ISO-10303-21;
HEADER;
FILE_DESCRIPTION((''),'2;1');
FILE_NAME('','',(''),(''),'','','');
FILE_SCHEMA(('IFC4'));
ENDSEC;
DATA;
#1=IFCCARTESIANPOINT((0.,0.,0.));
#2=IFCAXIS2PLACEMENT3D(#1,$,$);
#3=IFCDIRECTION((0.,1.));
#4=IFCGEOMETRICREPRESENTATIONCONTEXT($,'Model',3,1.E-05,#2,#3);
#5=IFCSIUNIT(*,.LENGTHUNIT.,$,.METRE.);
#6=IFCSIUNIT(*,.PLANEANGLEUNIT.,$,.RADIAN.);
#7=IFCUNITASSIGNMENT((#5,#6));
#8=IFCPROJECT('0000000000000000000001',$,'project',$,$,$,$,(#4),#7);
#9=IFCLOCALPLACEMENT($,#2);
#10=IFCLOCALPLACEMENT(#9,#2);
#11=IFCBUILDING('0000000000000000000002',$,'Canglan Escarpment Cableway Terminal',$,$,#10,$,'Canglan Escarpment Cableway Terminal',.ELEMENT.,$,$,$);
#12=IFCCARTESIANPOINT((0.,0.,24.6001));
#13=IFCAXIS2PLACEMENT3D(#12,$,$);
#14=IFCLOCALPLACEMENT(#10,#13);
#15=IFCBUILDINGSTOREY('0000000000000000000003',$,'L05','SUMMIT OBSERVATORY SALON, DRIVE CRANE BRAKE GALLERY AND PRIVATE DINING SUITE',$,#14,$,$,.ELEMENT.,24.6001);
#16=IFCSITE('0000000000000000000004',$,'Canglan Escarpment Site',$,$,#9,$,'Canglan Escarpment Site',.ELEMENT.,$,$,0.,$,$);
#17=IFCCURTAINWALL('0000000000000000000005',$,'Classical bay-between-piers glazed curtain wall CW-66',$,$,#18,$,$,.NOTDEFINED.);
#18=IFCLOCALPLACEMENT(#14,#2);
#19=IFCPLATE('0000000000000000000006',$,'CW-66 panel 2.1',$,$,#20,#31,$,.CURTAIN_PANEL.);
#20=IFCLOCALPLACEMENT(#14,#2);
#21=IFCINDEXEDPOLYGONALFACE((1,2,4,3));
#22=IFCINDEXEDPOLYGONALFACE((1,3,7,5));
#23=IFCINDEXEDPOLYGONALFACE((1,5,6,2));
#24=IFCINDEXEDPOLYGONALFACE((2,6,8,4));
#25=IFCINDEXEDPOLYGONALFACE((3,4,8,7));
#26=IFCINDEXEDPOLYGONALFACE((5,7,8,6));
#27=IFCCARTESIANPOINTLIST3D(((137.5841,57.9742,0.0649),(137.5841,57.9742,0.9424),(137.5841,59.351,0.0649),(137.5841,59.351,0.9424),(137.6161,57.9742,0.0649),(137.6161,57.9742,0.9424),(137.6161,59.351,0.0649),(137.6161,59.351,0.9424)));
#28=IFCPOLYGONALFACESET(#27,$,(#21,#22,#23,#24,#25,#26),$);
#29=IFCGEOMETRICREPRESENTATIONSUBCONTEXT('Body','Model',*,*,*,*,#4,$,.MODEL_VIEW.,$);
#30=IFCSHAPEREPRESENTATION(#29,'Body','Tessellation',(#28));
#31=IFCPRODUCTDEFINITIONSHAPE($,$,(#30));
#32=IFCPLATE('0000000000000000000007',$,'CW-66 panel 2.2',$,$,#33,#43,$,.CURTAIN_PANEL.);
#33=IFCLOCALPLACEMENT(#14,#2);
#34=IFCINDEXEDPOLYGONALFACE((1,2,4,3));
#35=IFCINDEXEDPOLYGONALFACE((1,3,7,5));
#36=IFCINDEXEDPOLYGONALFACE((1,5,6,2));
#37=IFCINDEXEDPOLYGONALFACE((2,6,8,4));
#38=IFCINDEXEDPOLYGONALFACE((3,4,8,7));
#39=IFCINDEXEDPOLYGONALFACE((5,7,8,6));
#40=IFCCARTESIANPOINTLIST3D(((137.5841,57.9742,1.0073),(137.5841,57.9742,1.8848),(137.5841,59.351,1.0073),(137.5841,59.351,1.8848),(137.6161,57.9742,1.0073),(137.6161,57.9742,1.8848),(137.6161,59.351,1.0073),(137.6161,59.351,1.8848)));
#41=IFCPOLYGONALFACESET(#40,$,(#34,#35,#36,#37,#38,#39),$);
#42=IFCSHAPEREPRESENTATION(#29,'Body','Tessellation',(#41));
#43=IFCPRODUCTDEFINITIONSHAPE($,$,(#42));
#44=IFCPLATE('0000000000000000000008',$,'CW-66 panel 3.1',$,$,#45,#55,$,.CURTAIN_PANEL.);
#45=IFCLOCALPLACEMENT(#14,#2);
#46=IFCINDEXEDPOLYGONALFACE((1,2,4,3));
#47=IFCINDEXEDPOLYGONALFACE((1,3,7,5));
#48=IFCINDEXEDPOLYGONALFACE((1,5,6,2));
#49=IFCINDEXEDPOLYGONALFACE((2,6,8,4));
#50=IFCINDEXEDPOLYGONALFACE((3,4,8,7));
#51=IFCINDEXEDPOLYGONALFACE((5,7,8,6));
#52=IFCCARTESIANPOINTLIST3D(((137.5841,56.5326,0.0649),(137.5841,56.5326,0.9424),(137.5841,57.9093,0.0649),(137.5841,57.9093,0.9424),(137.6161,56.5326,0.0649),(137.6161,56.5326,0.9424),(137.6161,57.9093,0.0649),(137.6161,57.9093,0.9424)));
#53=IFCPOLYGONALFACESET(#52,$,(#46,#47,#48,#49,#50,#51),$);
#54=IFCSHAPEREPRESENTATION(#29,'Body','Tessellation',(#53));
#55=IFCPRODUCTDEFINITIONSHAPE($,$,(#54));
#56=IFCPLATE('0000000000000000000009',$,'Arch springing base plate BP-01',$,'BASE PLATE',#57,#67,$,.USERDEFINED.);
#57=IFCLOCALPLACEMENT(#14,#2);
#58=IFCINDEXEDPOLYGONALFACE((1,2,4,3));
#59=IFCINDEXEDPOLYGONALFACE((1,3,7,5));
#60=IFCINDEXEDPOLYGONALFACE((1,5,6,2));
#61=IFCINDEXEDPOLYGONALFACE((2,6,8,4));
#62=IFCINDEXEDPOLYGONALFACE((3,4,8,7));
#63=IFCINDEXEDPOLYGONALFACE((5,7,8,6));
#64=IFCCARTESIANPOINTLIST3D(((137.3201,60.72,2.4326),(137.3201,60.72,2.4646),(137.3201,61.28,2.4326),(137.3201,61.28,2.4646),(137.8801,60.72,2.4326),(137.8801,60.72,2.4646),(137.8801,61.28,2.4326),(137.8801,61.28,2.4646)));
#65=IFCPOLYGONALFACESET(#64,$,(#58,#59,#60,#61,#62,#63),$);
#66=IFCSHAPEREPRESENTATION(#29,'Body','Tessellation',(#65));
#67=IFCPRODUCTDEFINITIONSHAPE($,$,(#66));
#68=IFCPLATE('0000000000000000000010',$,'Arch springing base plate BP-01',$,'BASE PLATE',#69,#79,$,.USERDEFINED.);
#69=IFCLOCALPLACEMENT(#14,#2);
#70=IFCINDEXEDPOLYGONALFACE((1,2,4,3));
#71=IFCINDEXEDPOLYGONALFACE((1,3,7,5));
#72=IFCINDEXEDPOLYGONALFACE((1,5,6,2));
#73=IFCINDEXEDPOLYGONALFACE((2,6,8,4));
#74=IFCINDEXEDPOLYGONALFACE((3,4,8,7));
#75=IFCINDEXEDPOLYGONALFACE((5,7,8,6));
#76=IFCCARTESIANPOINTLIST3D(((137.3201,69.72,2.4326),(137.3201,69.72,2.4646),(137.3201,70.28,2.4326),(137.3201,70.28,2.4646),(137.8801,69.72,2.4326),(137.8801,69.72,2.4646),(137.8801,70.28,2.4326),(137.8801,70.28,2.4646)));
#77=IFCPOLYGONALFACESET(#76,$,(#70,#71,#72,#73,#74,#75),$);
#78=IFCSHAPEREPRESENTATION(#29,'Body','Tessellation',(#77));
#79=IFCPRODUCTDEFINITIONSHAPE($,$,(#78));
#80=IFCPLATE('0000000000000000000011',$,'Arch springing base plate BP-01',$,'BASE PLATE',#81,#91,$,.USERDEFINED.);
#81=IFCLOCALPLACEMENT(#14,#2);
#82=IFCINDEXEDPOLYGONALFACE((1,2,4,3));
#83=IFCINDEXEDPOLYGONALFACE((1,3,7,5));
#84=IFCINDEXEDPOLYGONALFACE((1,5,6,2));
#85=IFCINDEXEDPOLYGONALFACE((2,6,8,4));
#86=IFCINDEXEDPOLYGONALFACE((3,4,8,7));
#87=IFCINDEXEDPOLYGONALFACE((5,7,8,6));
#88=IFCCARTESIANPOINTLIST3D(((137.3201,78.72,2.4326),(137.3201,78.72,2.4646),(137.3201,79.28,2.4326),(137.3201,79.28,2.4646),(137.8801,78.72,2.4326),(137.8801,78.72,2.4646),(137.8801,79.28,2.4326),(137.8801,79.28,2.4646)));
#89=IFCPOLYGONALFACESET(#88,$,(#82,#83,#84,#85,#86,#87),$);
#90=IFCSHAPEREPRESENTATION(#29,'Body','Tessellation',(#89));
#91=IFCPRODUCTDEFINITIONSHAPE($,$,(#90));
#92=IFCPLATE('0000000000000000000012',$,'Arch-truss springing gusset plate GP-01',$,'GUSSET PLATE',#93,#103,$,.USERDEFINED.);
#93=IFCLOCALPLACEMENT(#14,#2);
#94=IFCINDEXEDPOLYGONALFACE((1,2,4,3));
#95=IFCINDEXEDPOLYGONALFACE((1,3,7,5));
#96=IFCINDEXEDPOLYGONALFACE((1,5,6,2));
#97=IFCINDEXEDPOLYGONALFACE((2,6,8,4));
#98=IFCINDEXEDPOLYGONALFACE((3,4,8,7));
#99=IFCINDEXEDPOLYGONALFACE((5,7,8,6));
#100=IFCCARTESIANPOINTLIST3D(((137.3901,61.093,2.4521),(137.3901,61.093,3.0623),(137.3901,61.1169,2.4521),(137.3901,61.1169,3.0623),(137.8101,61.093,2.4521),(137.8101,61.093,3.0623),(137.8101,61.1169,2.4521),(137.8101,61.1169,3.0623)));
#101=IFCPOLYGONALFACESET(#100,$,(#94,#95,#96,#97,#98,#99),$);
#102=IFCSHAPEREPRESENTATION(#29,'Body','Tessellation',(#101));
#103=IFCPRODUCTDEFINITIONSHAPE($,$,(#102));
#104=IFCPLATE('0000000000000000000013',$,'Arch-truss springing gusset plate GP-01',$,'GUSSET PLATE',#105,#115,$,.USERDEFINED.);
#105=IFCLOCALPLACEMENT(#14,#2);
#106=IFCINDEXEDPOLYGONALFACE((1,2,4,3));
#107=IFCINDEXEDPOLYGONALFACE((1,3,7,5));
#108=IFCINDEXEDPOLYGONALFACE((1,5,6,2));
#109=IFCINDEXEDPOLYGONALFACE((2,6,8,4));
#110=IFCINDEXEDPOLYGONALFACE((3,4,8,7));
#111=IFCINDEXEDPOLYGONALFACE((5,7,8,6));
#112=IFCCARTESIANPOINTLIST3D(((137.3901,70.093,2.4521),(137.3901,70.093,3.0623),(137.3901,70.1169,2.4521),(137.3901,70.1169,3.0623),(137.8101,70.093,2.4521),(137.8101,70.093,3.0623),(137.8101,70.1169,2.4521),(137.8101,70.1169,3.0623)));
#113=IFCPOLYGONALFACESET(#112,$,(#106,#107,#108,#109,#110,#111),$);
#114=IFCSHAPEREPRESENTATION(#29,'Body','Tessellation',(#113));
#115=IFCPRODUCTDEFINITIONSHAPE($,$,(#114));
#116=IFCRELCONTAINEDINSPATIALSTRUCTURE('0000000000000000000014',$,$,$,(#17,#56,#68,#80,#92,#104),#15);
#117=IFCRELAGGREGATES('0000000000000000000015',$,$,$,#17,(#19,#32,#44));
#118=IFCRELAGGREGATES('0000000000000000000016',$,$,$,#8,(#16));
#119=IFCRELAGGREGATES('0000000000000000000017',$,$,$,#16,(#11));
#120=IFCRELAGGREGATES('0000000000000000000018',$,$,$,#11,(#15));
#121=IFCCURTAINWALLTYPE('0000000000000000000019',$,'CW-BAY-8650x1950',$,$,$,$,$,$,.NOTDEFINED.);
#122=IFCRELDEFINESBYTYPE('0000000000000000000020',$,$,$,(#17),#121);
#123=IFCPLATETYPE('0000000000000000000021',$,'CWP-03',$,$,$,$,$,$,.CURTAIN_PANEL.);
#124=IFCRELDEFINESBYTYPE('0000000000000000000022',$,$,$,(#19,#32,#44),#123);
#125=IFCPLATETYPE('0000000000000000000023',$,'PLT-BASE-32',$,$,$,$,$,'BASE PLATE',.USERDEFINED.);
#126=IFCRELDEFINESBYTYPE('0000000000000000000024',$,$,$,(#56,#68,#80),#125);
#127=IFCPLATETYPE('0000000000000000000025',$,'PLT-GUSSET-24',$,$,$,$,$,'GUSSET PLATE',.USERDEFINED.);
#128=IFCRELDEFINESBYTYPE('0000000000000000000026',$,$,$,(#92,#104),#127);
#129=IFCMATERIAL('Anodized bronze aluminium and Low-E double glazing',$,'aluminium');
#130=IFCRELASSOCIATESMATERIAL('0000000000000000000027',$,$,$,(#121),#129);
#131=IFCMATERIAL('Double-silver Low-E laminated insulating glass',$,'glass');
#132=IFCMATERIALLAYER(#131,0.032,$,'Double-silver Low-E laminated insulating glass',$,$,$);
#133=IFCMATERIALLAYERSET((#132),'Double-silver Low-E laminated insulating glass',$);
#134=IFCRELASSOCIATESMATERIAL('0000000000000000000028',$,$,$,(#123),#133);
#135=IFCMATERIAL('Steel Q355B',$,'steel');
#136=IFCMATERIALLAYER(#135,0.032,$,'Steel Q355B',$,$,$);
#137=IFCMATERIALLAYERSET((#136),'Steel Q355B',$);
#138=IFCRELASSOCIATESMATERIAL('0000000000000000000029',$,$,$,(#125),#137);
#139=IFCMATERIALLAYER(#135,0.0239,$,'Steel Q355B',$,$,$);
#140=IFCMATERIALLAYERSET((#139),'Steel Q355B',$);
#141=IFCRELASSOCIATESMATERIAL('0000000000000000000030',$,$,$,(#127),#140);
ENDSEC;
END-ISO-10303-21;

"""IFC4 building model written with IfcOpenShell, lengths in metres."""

from ifc_helpers import new_model, si_unit, direction, frame, origin, origin_2d, place, context, subcontext, project, spatial, rectangle, extrude, material, layer, layer_set, type_object, element, aggregate, save


model = new_model("IFC4")

# Units and contexts
model_context = context("Model", 3, precision=1e-05, world=origin(), true_north=direction((0.0, 1.0)))
body_context = subcontext(model_context, "Body", "Model", "MODEL_VIEW")
ifc_project = project(units=[si_unit("LENGTHUNIT", "METRE"), si_unit("PLANEANGLEUNIT", "RADIAN")], contexts=[model_context])

# Site, building, storey
site_placement = place(None, origin())
site = spatial("IfcSite", under=ifc_project, at=site_placement, Name="Canglan Escarpment Site", LongName="Canglan Escarpment Site", CompositionType="ELEMENT", RefElevation=0.0)
building_placement = place(site_placement, origin())
building = spatial("IfcBuilding", under=site, at=building_placement, Name="Canglan Escarpment Cableway Terminal", LongName="Canglan Escarpment Cableway Terminal", CompositionType="ELEMENT")
storey_placement = place(building_placement, frame((0.0, 0.0, 24.6001)))
storey = spatial("IfcBuildingStorey", under=building, at=storey_placement, Name="L05", Description="SUMMIT OBSERVATORY SALON, DRIVE CRANE BRAKE GALLERY AND PRIVATE DINING SUITE", CompositionType="ELEMENT", Elevation=24.6001)

# Shared definitions
ifc_material_1 = material(Name="Steel Q355B", Category="steel")

# Curtain wall
ifc_material_2 = material(Name="Anodized bronze aluminium and Low-E double glazing", Category="aluminium")
curtain_wall_type = type_object("IfcCurtainWallType", Name="CW-BAY-8650x1950", PredefinedType="NOTDEFINED", material=ifc_material_2)
curtain_wall_placement = place(storey_placement, origin())
curtain_wall = element("IfcCurtainWall", 1, at=curtain_wall_placement, inside=storey, type_object=curtain_wall_type, Name="Classical bay-between-piers glazed curtain wall CW-66", PredefinedType="NOTDEFINED")

# Plates
ifc_material_3 = material(Name="Double-silver Low-E laminated insulating glass", Category="glass")
ifc_layer_1 = layer(ifc_material_3, 0.032, Name="Double-silver Low-E laminated insulating glass")
ifc_layer_set_1 = layer_set([ifc_layer_1], Name="Double-silver Low-E laminated insulating glass")
plate_type_1 = type_object("IfcPlateType", Name="CWP-03", PredefinedType="CURTAIN_PANEL", material=ifc_layer_set_1)
plate_1_placement = place(storey_placement, frame((137.6001, 58.6626, 0.0649), z_axis=(0.0, 0.0, 1.0), x_axis=(0.0, -1.0, 0.0)))
plate_1 = element("IfcPlate", 2, at=plate_1_placement, type_object=plate_type_1, Name="CW-66 panel 2.1", PredefinedType="CURTAIN_PANEL", context=body_context, shape_type="SweptSolid", body=[
    extrude(rectangle(XDim=1.3767, YDim=0.032, at=origin_2d()), origin(), (0.0, 0.0, 1.0), 0.8774),
])
plate_2_placement = place(storey_placement, frame((137.6001, 58.6626, 1.0073), z_axis=(0.0, 0.0, 1.0), x_axis=(0.0, -1.0, 0.0)))
plate_2 = element("IfcPlate", 3, at=plate_2_placement, type_object=plate_type_1, Name="CW-66 panel 2.2", PredefinedType="CURTAIN_PANEL", context=body_context, shape_type="SweptSolid", body=[
    extrude(rectangle(XDim=1.3767, YDim=0.032, at=origin_2d()), origin(), (0.0, 0.0, 1.0), 0.8774),
])
plate_3_placement = place(storey_placement, frame((137.6001, 57.2209, 0.0649), z_axis=(0.0, 0.0, 1.0), x_axis=(0.0, -1.0, 0.0)))
plate_3 = element("IfcPlate", 4, at=plate_3_placement, type_object=plate_type_1, Name="CW-66 panel 3.1", PredefinedType="CURTAIN_PANEL", context=body_context, shape_type="SweptSolid", body=[
    extrude(rectangle(XDim=1.3767, YDim=0.032, at=origin_2d()), origin(), (0.0, 0.0, 1.0), 0.8774),
])
aggregate(curtain_wall, [plate_1, plate_2, plate_3])

# Plates
ifc_layer_2 = layer(ifc_material_1, 0.032, Name="Steel Q355B")
ifc_layer_set_2 = layer_set([ifc_layer_2], Name="Steel Q355B")
plate_type_2 = type_object("IfcPlateType", Name="PLT-BASE-32", ElementType="BASE PLATE", PredefinedType="USERDEFINED", material=ifc_layer_set_2)
for number, where, z_axis, x_axis, name in (
    (5, (137.6001, 61.0, 2.4326), (0.0, 0.0, 1.0), (1.0, 0.0, 0.0), "Arch springing base plate BP-01"),
    (6, (137.6001, 70.0, 2.4326), (0.0, 0.0, 1.0), (1.0, 0.0, 0.0), "Arch springing base plate BP-01"),
    (7, (137.6001, 79.0, 2.4326), (0.0, 0.0, 1.0), (1.0, 0.0, 0.0), "Arch springing base plate BP-01"),
):
    element("IfcPlate", number, at=place(storey_placement, frame(where, z_axis=z_axis, x_axis=x_axis)), inside=storey, type_object=plate_type_2, Name=name, ObjectType="BASE PLATE", PredefinedType="USERDEFINED", context=body_context, shape_type="SweptSolid", body=[
        extrude(rectangle(XDim=0.5601, YDim=0.5601, at=origin_2d()), origin(), (0.0, 0.0, 1.0), 0.032),
    ])
ifc_layer_3 = layer(ifc_material_1, 0.0239, Name="Steel Q355B")
ifc_layer_set_3 = layer_set([ifc_layer_3], Name="Steel Q355B")
plate_type_3 = type_object("IfcPlateType", Name="PLT-GUSSET-24", ElementType="GUSSET PLATE", PredefinedType="USERDEFINED", material=ifc_layer_set_3)
for number, where, z_axis, x_axis, name in (
    (8, (137.6001, 61.105, 2.4521), (0.0, 0.0, 1.0), (1.0, 0.0, 0.0), "Arch-truss springing gusset plate GP-01"),
    (9, (137.6001, 70.105, 2.4521), (0.0, 0.0, 1.0), (1.0, 0.0, 0.0), "Arch-truss springing gusset plate GP-01"),
):
    element("IfcPlate", number, at=place(storey_placement, frame(where, z_axis=z_axis, x_axis=x_axis)), inside=storey, type_object=plate_type_3, Name=name, ObjectType="GUSSET PLATE", PredefinedType="USERDEFINED", context=body_context, shape_type="SweptSolid", body=[
        extrude(rectangle(XDim=0.4199, YDim=0.0239, at=origin_2d()), origin(), (0.0, 0.0, 1.0), 0.6101),
    ])

save(model, "model.ifc")
